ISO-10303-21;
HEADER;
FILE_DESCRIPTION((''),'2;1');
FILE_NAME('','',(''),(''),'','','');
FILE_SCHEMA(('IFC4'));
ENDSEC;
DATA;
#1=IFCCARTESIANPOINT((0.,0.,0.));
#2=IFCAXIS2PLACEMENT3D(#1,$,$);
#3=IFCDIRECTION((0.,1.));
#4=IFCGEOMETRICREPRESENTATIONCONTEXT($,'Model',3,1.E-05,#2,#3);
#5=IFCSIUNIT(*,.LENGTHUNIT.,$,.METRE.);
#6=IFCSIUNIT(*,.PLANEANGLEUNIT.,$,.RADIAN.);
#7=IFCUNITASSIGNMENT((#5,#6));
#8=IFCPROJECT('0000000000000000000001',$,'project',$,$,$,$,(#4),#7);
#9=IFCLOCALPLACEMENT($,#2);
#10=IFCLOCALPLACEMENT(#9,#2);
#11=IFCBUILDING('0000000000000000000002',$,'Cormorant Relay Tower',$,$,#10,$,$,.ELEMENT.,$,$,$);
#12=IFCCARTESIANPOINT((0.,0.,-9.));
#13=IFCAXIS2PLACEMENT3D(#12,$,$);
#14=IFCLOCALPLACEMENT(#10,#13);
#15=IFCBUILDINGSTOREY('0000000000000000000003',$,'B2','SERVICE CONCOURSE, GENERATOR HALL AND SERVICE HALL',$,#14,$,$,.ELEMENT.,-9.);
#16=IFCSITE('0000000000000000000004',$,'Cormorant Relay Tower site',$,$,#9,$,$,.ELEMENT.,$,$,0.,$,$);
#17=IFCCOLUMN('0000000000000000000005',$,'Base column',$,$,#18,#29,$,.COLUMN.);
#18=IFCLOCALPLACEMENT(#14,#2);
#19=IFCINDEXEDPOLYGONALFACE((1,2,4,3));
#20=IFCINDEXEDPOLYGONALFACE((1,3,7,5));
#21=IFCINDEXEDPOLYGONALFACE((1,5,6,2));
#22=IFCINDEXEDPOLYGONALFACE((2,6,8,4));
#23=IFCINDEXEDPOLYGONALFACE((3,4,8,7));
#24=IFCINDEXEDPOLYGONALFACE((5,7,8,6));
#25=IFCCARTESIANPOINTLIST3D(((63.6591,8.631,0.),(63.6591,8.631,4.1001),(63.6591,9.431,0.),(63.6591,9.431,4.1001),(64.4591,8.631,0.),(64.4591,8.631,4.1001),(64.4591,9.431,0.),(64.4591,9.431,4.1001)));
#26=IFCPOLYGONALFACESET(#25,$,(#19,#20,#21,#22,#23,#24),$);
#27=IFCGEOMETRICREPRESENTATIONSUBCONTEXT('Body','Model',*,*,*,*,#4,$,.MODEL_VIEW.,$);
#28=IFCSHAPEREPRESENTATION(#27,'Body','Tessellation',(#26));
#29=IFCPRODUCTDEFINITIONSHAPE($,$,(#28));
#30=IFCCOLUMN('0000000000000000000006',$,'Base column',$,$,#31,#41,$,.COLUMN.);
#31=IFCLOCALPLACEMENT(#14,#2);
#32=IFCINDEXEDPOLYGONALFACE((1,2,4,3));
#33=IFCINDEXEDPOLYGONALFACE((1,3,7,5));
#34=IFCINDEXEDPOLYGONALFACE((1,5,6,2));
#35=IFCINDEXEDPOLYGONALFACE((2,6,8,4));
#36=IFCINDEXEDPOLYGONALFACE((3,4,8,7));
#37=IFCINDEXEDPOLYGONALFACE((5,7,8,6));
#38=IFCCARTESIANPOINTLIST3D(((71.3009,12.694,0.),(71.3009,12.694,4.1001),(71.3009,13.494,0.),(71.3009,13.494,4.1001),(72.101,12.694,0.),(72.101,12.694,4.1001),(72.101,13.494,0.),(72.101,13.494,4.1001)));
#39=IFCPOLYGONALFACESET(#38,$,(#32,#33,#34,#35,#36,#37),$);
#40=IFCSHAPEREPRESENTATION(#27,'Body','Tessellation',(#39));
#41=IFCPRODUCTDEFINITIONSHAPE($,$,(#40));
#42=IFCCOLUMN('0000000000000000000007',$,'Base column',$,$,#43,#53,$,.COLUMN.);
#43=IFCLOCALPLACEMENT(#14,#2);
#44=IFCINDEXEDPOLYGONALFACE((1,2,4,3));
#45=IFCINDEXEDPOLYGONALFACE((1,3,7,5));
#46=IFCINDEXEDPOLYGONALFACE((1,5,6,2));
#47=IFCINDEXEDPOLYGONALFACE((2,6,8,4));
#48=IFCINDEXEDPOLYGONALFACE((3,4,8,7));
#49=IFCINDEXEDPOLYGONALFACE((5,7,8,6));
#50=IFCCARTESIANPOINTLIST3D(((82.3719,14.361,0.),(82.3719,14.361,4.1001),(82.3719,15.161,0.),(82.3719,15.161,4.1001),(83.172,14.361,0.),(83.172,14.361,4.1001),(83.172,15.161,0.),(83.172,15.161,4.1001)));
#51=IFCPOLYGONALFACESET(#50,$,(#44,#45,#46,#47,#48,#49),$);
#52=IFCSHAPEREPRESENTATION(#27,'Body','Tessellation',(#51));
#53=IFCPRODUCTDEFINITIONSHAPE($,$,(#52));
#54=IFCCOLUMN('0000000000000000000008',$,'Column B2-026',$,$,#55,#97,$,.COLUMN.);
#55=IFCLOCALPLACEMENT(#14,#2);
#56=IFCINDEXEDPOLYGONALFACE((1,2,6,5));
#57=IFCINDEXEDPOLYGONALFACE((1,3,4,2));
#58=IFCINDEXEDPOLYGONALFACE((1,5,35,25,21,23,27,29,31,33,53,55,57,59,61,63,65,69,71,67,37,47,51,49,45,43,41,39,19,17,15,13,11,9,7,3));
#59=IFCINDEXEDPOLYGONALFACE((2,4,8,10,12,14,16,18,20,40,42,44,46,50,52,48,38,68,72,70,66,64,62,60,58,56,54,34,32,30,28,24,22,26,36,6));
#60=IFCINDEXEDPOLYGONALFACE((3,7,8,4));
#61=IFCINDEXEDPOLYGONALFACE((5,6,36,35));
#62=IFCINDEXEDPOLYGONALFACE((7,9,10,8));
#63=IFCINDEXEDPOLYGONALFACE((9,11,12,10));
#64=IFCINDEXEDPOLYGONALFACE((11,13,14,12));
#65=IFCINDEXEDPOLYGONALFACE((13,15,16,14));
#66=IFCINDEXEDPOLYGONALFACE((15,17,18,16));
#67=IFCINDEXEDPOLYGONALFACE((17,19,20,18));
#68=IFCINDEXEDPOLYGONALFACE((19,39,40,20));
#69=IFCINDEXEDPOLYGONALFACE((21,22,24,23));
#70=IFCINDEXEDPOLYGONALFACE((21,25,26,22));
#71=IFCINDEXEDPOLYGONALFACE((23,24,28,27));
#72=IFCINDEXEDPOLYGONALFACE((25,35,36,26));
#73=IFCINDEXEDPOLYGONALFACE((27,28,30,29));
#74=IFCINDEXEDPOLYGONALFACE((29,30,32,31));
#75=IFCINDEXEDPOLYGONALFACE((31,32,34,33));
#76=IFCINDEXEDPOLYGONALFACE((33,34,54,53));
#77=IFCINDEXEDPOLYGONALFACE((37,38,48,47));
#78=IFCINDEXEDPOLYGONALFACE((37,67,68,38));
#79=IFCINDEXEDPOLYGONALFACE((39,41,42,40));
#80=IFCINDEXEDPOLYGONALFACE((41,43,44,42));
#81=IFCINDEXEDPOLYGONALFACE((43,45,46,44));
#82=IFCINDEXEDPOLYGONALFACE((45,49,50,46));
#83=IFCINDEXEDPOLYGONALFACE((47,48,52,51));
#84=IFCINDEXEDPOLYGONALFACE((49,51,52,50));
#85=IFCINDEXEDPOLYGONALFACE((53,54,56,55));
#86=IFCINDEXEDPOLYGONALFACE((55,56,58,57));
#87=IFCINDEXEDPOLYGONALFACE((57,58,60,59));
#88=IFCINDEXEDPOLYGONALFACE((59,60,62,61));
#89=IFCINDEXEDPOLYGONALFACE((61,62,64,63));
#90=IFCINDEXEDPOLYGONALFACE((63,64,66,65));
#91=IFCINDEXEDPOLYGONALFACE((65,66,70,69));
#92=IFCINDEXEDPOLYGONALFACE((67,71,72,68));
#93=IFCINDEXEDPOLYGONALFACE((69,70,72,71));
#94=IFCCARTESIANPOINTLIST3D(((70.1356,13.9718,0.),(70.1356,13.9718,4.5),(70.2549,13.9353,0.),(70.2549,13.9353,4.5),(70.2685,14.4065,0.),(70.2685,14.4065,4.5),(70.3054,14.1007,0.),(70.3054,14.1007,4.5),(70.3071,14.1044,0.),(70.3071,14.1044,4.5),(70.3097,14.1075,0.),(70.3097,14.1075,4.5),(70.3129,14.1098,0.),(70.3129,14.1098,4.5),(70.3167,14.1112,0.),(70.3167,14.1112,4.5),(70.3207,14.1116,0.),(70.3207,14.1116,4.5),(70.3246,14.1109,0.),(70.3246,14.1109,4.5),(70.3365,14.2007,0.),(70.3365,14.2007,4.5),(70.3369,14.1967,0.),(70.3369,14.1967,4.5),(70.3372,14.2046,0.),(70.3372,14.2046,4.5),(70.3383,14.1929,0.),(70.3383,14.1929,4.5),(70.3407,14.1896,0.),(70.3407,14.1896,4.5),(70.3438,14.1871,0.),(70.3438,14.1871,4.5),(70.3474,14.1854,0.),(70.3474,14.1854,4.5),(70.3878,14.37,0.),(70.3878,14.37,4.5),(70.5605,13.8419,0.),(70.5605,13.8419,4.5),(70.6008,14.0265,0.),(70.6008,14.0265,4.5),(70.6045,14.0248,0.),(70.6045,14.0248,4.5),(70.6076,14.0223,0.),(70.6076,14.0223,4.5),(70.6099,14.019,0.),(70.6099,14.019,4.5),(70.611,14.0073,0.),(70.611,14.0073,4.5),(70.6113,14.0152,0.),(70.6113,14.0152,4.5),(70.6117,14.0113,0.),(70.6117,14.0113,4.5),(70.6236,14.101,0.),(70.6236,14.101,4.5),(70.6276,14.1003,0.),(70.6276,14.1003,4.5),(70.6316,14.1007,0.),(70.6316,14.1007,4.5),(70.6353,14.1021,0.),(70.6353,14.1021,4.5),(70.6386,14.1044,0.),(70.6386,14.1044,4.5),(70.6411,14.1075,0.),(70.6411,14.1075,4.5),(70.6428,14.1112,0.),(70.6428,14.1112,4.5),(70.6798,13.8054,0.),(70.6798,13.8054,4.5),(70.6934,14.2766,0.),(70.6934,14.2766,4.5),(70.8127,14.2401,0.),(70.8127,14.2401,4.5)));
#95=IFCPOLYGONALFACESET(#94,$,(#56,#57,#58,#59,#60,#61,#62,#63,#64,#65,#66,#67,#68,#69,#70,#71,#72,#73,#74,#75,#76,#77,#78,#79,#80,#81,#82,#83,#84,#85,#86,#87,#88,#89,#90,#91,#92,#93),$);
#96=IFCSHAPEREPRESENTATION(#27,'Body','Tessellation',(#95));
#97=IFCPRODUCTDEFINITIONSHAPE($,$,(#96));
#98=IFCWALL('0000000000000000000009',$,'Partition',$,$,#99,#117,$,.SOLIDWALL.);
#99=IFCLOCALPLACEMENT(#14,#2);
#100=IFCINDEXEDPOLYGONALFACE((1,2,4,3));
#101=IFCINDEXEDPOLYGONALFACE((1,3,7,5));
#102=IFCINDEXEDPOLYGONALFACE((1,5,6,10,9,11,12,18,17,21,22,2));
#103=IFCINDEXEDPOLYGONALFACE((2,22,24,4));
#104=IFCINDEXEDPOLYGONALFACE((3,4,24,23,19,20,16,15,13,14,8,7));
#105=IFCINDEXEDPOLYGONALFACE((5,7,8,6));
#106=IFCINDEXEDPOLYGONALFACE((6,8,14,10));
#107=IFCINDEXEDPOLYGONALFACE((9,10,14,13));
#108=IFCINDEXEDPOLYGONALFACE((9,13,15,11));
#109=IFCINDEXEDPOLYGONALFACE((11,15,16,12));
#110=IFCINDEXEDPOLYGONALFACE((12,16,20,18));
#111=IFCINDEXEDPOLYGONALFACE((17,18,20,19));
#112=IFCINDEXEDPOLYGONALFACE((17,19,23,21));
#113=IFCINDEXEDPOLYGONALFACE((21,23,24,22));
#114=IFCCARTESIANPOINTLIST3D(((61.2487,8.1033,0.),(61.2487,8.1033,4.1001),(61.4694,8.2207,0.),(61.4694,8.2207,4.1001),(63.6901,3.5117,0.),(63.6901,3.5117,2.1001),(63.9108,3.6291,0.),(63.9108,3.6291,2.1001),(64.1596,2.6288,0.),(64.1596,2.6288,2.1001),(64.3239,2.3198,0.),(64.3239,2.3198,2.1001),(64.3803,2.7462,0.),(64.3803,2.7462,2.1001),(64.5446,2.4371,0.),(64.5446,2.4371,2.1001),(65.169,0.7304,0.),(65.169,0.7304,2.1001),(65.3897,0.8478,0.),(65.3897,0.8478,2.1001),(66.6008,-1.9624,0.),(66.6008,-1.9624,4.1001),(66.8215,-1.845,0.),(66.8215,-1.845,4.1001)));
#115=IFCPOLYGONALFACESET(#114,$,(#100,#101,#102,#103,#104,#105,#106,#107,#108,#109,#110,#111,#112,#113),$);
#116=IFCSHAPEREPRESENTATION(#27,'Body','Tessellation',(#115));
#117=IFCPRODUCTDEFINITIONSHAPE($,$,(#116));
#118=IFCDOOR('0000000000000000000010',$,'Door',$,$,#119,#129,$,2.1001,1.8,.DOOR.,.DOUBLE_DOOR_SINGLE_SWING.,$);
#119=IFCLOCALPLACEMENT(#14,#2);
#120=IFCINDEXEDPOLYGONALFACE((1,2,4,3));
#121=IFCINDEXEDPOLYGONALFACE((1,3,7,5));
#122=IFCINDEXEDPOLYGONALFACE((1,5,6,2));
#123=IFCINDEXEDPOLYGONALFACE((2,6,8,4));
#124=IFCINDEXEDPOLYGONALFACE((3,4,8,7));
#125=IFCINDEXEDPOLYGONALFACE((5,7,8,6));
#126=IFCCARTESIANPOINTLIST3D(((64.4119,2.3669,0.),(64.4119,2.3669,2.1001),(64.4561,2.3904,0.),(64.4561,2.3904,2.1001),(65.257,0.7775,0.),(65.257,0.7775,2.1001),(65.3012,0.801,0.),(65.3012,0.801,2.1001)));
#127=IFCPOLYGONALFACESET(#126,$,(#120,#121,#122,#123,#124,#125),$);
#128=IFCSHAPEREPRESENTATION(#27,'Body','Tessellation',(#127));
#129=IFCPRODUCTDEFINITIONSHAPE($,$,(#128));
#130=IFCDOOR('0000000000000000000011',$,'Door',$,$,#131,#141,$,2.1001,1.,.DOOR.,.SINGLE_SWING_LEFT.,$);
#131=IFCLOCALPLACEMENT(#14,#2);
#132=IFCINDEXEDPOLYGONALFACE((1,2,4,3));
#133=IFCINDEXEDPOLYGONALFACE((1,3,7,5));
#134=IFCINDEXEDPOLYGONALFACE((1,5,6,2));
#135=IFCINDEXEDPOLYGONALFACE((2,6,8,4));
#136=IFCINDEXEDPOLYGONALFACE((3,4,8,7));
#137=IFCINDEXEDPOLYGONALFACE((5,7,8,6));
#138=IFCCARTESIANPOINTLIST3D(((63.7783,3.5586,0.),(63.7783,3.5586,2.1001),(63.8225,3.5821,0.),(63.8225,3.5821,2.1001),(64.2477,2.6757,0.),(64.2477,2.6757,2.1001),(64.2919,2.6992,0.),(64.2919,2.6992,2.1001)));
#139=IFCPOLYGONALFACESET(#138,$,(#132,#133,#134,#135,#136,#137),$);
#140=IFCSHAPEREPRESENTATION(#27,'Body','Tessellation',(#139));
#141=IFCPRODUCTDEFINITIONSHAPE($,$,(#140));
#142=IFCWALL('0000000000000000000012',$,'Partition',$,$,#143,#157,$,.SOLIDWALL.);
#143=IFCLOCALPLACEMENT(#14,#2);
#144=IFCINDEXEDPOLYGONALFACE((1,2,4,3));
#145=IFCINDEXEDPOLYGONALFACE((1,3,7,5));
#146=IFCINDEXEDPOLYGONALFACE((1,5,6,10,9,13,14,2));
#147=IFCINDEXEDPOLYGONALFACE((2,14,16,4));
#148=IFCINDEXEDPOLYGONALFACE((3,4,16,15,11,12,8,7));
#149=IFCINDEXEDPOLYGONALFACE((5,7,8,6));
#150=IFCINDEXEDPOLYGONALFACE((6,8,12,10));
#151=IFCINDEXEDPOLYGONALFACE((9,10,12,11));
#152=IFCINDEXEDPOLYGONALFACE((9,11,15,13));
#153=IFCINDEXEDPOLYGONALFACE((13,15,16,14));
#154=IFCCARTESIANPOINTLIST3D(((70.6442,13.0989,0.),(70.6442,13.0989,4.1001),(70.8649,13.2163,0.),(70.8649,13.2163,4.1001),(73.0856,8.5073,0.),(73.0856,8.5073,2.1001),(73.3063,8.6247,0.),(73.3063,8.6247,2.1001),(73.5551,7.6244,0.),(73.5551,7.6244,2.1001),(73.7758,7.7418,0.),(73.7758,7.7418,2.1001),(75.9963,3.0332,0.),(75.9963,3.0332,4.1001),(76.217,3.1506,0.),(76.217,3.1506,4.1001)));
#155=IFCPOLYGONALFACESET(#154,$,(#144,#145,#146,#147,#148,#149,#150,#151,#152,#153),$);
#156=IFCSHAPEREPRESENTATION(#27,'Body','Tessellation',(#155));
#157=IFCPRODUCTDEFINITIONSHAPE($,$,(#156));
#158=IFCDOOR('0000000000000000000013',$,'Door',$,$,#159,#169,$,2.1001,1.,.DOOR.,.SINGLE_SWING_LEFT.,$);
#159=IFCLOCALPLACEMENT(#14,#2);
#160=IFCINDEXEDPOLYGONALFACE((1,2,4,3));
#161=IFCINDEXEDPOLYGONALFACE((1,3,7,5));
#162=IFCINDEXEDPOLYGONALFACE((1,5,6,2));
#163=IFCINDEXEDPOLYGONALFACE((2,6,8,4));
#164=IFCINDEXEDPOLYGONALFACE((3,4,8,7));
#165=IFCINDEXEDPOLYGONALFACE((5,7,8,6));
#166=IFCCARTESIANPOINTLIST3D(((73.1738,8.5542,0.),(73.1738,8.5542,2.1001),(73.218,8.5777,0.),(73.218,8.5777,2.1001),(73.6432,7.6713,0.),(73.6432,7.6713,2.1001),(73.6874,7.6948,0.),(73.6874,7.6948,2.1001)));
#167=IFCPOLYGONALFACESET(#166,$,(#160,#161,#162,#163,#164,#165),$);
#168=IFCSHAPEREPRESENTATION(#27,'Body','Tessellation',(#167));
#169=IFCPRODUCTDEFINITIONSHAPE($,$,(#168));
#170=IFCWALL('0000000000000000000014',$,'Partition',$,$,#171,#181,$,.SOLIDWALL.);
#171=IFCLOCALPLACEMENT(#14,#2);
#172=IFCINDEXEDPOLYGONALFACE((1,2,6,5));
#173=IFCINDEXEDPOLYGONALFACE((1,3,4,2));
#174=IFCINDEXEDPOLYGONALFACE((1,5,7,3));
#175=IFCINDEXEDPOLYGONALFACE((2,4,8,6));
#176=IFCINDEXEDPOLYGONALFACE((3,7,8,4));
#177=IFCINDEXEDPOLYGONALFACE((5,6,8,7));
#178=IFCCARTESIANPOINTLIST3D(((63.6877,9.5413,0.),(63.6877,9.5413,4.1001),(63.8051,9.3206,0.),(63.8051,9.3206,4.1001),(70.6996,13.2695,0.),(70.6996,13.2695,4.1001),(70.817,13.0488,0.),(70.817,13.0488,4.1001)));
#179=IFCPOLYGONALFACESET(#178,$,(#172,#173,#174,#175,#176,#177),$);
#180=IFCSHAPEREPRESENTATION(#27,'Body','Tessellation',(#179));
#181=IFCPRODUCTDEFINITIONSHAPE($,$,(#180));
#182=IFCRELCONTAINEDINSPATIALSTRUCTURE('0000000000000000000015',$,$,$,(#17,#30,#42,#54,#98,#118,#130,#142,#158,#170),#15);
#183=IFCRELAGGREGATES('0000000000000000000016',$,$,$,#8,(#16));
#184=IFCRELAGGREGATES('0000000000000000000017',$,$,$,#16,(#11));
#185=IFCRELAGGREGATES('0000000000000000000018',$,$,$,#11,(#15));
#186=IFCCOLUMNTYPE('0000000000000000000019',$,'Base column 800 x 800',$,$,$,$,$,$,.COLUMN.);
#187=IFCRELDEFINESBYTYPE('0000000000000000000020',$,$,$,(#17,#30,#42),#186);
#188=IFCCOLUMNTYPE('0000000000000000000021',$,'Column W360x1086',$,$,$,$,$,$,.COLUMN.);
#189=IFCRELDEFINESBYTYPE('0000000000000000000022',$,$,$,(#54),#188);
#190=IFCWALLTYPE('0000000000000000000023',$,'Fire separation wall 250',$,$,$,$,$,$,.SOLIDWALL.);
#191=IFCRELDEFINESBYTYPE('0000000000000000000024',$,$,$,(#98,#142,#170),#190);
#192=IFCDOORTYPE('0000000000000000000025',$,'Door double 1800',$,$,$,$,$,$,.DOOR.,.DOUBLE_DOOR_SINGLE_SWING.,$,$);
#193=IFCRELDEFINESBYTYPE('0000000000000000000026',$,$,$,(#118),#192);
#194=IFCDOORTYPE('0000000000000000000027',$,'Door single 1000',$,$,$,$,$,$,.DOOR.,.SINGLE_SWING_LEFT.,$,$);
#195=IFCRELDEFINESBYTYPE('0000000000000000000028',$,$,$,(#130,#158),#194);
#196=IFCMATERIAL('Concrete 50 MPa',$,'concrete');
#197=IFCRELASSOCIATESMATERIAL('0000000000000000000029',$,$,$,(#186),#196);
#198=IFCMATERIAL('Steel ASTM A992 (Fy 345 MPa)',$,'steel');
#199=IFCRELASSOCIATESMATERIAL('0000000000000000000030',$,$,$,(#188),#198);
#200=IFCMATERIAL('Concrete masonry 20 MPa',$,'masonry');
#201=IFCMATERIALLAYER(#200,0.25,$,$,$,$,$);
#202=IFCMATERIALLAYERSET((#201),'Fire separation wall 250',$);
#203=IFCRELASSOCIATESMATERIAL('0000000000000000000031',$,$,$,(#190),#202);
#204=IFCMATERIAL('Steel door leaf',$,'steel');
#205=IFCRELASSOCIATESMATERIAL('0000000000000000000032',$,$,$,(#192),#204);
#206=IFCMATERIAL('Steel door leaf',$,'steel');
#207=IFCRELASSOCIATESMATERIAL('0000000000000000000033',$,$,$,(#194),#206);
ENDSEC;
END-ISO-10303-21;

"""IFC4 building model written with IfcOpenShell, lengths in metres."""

from ifc_helpers import new_model, si_unit, direction, frame, frame_2d, origin, origin_2d, place, context, subcontext, project, spatial, rectangle, i_section, extrude, material, layer, layer_set, material_profile, profile_set, type_object, element, fill, save


model = new_model("IFC4")

# Units and contexts
model_context = context("Model", 3, precision=1e-05, world=origin(), true_north=direction((0.0, 1.0)))
body_context = subcontext(model_context, "Body", "Model", "MODEL_VIEW")
ifc_project = project(units=[si_unit("LENGTHUNIT", "METRE"), si_unit("PLANEANGLEUNIT", "RADIAN")], contexts=[model_context])

# Site, building, storey
site_placement = place(None, origin())
site = spatial("IfcSite", under=ifc_project, at=site_placement, Name="Cormorant Relay Tower site", CompositionType="ELEMENT", RefElevation=0.0)
building_placement = place(site_placement, origin())
building = spatial("IfcBuilding", under=site, at=building_placement, Name="Cormorant Relay Tower", CompositionType="ELEMENT")
storey_placement = place(building_placement, frame((0.0, 0.0, -9.0)))
storey = spatial("IfcBuildingStorey", under=building, at=storey_placement, Name="B2", Description="SERVICE CONCOURSE, GENERATOR HALL AND SERVICE HALL", CompositionType="ELEMENT", Elevation=-9.0)

# Columns
ifc_material_1 = material(Name="Concrete 50 MPa", Category="concrete")
ifc_material_profile_1 = material_profile(ifc_material_1, rectangle(XDim=0.8, YDim=0.8, at=origin_2d()), Name="RC 800x800")
ifc_profile_set_1 = profile_set([ifc_material_profile_1], Name="Concrete 50 MPa")
column_type_1 = type_object("IfcColumnType", Name="Base column 800 x 800", PredefinedType="COLUMN", material=ifc_profile_set_1)
for number, where, z_axis, x_axis, name in (
    (1, (64.0591, 9.031, 0.0), (0.0, 0.0, 1.0), (1.0, 0.0, 0.0), "Base column"),
    (2, (71.7009, 13.094, 0.0), (0.0, 0.0, 1.0), (1.0, 0.0, 0.0), "Base column"),
    (3, (82.772, 14.761, 0.0), (0.0, 0.0, 1.0), (1.0, 0.0, 0.0), "Base column"),
):
    element("IfcColumn", number, at=place(storey_placement, frame(where, z_axis=z_axis, x_axis=x_axis)), inside=storey, type_object=column_type_1, Name=name, PredefinedType="COLUMN", context=body_context, shape_type="SweptSolid", body=[
        extrude(rectangle(XDim=0.8, YDim=0.8, at=origin_2d()), origin(), (0.0, 0.0, 1.0), 4.1001),
    ])
ifc_material_2 = material(Name="Steel ASTM A992 (Fy 345 MPa)", Category="steel")
ifc_material_profile_2 = material_profile(ifc_material_2, i_section(OverallWidth=0.4546, OverallDepth=0.5691, WebThickness=0.0779, FlangeThickness=0.1248, FilletRadius=0.0154, at=origin_2d()), Name="W360x1086")
ifc_profile_set_2 = profile_set([ifc_material_profile_2], Name="Steel ASTM A992 (Fy 345 MPa)")
column_type_2 = type_object("IfcColumnType", Name="Column W360x1086", PredefinedType="COLUMN", material=ifc_profile_set_2)
column_placement = place(storey_placement, frame((70.4741, 14.106, 0.0), z_axis=(0.0, 0.0, 1.0), x_axis=(0.292372, 0.956305, 0.0)))
element("IfcColumn", 4, at=column_placement, inside=storey, type_object=column_type_2, Name="Column B2-026", PredefinedType="COLUMN", context=body_context, shape_type="SweptSolid", body=[
    extrude(i_section(OverallWidth=0.4546, OverallDepth=0.5691, WebThickness=0.0779, FlangeThickness=0.1248, FilletRadius=0.0154, at=origin_2d()), origin(), (0.0, 0.0, 1.0), 4.5),
])

# Wall, openings, doors
ifc_material_3 = material(Name="Concrete masonry 20 MPa", Category="masonry")
ifc_layer_1 = layer(ifc_material_3, 0.25)
ifc_layer_set_1 = layer_set([ifc_layer_1], Name="Fire separation wall 250")
wall_type_1 = type_object("IfcWallType", Name="Fire separation wall 250", PredefinedType="SOLIDWALL", material=ifc_layer_set_1)
wall_1_placement = place(storey_placement, frame((66.7112, -1.9038, 0.0), z_axis=(0.0, 0.0, 1.0), x_axis=(-0.469474, 0.882946, 0.0)))
wall_1 = element("IfcWall", 5, at=wall_1_placement, inside=storey, type_object=wall_type_1, Name="Partition", PredefinedType="SOLIDWALL", context=body_context, shape_type="SweptSolid", body=[
    extrude(rectangle(XDim=11.4001, YDim=0.25, at=frame_2d((5.7002, 0.0))), origin(), (0.0, 0.0, 1.0), 4.1001),
])
opening_1_placement = place(wall_1_placement, frame((5.2, 0.0, 0.0)))
opening_1 = element("IfcOpeningElement", 6, at=opening_1_placement, cuts=wall_1, PredefinedType="OPENING", context=body_context, shape_type="SweptSolid", body=[
    extrude(rectangle(XDim=1.0, YDim=2.1001, at=frame_2d((0.5, 1.05))), frame((0.0, 0.135, 0.0), z_axis=(0.0, -1.0, 0.0), x_axis=(1.0, 0.0, 0.0)), (0.0, 0.0, 1.0), 0.27),
])
opening_2_placement = place(wall_1_placement, frame((3.05, 0.0, 0.0)))
opening_2 = element("IfcOpeningElement", 7, at=opening_2_placement, cuts=wall_1, PredefinedType="OPENING", context=body_context, shape_type="SweptSolid", body=[
    extrude(rectangle(XDim=1.8, YDim=2.1001, at=frame_2d((0.8999, 1.05))), frame((0.0, 0.135, 0.0), z_axis=(0.0, -1.0, 0.0), x_axis=(1.0, 0.0, 0.0)), (0.0, 0.0, 1.0), 0.27),
])
ifc_material_4 = material(Name="Steel door leaf", Category="steel")
door_type_1 = type_object("IfcDoorType", Name="Door double 1800", OperationType="DOUBLE_DOOR_SINGLE_SWING", PredefinedType="DOOR", material=ifc_material_4)
door_1_placement = place(opening_2_placement, frame((1.8, 0.0, 0.0), z_axis=(0.0, 0.0, 1.0), x_axis=(-1.0, 0.0, 0.0)))
door_1 = element("IfcDoor", 8, at=door_1_placement, inside=storey, type_object=door_type_1, Name="Door", OperationType="DOUBLE_DOOR_SINGLE_SWING", OverallHeight=2.1001, OverallWidth=1.8, PredefinedType="DOOR", context=body_context, shape_type="SweptSolid", body=[
    extrude(rectangle(XDim=1.8, YDim=2.1001, at=frame_2d((0.8999, 1.05))), frame((0.0, 0.0249, 0.0), z_axis=(0.0, -1.0, 0.0), x_axis=(1.0, 0.0, 0.0)), (0.0, 0.0, 1.0), 0.05),
])
fill(opening_2, door_1)
ifc_material_5 = material(Name="Steel door leaf", Category="steel")
door_type_2 = type_object("IfcDoorType", Name="Door single 1000", OperationType="SINGLE_SWING_LEFT", PredefinedType="DOOR", material=ifc_material_5)
door_2_placement = place(opening_1_placement, frame((1.0, 0.0, 0.0), z_axis=(0.0, 0.0, 1.0), x_axis=(-1.0, 0.0, 0.0)))
door_2 = element("IfcDoor", 9, at=door_2_placement, inside=storey, type_object=door_type_2, Name="Door", OperationType="SINGLE_SWING_LEFT", OverallHeight=2.1001, OverallWidth=1.0, PredefinedType="DOOR", context=body_context, shape_type="SweptSolid", body=[
    extrude(rectangle(XDim=1.0, YDim=2.1001, at=frame_2d((0.5, 1.05))), frame((0.0, 0.0249, 0.0), z_axis=(0.0, -1.0, 0.0), x_axis=(1.0, 0.0, 0.0)), (0.0, 0.0, 1.0), 0.05),
])
fill(opening_1, door_2)

# Wall, opening, door
wall_2_placement = place(storey_placement, frame((76.1067, 3.0918, 0.0), z_axis=(0.0, 0.0, 1.0), x_axis=(-0.469474, 0.882946, 0.0)))
wall_2 = element("IfcWall", 10, at=wall_2_placement, inside=storey, type_object=wall_type_1, Name="Partition", PredefinedType="SOLIDWALL", context=body_context, shape_type="SweptSolid", body=[
    extrude(rectangle(XDim=11.4001, YDim=0.25, at=frame_2d((5.7002, 0.0))), origin(), (0.0, 0.0, 1.0), 4.1001),
])
opening_3_placement = place(wall_2_placement, frame((5.2, 0.0, 0.0)))
opening_3 = element("IfcOpeningElement", 11, at=opening_3_placement, cuts=wall_2, PredefinedType="OPENING", context=body_context, shape_type="SweptSolid", body=[
    extrude(rectangle(XDim=1.0, YDim=2.1001, at=frame_2d((0.5, 1.05))), frame((0.0, 0.135, 0.0), z_axis=(0.0, -1.0, 0.0), x_axis=(1.0, 0.0, 0.0)), (0.0, 0.0, 1.0), 0.27),
])
door_3_placement = place(opening_3_placement, frame((1.0, 0.0, 0.0), z_axis=(0.0, 0.0, 1.0), x_axis=(-1.0, 0.0, 0.0)))
door_3 = element("IfcDoor", 12, at=door_3_placement, inside=storey, type_object=door_type_2, Name="Door", OperationType="SINGLE_SWING_LEFT", OverallHeight=2.1001, OverallWidth=1.0, PredefinedType="DOOR", context=body_context, shape_type="SweptSolid", body=[
    extrude(rectangle(XDim=1.0, YDim=2.1001, at=frame_2d((0.5, 1.05))), frame((0.0, 0.0249, 0.0), z_axis=(0.0, -1.0, 0.0), x_axis=(1.0, 0.0, 0.0)), (0.0, 0.0, 1.0), 0.05),
])
fill(opening_3, door_3)

# Wall
wall_3_placement = place(storey_placement, frame((70.7583, 13.1592, 0.0), z_axis=(0.0, 0.0, 1.0), x_axis=(-0.88295, -0.469466, 0.0)))
element("IfcWall", 13, at=wall_3_placement, inside=storey, type_object=wall_type_1, Name="Partition", PredefinedType="SOLIDWALL", context=body_context, shape_type="SweptSolid", body=[
    extrude(rectangle(XDim=7.9414, YDim=0.25, at=frame_2d((3.9707, 0.0))), origin(), (0.0, 0.0, 1.0), 4.1001),
])

save(model, "model.ifc")
